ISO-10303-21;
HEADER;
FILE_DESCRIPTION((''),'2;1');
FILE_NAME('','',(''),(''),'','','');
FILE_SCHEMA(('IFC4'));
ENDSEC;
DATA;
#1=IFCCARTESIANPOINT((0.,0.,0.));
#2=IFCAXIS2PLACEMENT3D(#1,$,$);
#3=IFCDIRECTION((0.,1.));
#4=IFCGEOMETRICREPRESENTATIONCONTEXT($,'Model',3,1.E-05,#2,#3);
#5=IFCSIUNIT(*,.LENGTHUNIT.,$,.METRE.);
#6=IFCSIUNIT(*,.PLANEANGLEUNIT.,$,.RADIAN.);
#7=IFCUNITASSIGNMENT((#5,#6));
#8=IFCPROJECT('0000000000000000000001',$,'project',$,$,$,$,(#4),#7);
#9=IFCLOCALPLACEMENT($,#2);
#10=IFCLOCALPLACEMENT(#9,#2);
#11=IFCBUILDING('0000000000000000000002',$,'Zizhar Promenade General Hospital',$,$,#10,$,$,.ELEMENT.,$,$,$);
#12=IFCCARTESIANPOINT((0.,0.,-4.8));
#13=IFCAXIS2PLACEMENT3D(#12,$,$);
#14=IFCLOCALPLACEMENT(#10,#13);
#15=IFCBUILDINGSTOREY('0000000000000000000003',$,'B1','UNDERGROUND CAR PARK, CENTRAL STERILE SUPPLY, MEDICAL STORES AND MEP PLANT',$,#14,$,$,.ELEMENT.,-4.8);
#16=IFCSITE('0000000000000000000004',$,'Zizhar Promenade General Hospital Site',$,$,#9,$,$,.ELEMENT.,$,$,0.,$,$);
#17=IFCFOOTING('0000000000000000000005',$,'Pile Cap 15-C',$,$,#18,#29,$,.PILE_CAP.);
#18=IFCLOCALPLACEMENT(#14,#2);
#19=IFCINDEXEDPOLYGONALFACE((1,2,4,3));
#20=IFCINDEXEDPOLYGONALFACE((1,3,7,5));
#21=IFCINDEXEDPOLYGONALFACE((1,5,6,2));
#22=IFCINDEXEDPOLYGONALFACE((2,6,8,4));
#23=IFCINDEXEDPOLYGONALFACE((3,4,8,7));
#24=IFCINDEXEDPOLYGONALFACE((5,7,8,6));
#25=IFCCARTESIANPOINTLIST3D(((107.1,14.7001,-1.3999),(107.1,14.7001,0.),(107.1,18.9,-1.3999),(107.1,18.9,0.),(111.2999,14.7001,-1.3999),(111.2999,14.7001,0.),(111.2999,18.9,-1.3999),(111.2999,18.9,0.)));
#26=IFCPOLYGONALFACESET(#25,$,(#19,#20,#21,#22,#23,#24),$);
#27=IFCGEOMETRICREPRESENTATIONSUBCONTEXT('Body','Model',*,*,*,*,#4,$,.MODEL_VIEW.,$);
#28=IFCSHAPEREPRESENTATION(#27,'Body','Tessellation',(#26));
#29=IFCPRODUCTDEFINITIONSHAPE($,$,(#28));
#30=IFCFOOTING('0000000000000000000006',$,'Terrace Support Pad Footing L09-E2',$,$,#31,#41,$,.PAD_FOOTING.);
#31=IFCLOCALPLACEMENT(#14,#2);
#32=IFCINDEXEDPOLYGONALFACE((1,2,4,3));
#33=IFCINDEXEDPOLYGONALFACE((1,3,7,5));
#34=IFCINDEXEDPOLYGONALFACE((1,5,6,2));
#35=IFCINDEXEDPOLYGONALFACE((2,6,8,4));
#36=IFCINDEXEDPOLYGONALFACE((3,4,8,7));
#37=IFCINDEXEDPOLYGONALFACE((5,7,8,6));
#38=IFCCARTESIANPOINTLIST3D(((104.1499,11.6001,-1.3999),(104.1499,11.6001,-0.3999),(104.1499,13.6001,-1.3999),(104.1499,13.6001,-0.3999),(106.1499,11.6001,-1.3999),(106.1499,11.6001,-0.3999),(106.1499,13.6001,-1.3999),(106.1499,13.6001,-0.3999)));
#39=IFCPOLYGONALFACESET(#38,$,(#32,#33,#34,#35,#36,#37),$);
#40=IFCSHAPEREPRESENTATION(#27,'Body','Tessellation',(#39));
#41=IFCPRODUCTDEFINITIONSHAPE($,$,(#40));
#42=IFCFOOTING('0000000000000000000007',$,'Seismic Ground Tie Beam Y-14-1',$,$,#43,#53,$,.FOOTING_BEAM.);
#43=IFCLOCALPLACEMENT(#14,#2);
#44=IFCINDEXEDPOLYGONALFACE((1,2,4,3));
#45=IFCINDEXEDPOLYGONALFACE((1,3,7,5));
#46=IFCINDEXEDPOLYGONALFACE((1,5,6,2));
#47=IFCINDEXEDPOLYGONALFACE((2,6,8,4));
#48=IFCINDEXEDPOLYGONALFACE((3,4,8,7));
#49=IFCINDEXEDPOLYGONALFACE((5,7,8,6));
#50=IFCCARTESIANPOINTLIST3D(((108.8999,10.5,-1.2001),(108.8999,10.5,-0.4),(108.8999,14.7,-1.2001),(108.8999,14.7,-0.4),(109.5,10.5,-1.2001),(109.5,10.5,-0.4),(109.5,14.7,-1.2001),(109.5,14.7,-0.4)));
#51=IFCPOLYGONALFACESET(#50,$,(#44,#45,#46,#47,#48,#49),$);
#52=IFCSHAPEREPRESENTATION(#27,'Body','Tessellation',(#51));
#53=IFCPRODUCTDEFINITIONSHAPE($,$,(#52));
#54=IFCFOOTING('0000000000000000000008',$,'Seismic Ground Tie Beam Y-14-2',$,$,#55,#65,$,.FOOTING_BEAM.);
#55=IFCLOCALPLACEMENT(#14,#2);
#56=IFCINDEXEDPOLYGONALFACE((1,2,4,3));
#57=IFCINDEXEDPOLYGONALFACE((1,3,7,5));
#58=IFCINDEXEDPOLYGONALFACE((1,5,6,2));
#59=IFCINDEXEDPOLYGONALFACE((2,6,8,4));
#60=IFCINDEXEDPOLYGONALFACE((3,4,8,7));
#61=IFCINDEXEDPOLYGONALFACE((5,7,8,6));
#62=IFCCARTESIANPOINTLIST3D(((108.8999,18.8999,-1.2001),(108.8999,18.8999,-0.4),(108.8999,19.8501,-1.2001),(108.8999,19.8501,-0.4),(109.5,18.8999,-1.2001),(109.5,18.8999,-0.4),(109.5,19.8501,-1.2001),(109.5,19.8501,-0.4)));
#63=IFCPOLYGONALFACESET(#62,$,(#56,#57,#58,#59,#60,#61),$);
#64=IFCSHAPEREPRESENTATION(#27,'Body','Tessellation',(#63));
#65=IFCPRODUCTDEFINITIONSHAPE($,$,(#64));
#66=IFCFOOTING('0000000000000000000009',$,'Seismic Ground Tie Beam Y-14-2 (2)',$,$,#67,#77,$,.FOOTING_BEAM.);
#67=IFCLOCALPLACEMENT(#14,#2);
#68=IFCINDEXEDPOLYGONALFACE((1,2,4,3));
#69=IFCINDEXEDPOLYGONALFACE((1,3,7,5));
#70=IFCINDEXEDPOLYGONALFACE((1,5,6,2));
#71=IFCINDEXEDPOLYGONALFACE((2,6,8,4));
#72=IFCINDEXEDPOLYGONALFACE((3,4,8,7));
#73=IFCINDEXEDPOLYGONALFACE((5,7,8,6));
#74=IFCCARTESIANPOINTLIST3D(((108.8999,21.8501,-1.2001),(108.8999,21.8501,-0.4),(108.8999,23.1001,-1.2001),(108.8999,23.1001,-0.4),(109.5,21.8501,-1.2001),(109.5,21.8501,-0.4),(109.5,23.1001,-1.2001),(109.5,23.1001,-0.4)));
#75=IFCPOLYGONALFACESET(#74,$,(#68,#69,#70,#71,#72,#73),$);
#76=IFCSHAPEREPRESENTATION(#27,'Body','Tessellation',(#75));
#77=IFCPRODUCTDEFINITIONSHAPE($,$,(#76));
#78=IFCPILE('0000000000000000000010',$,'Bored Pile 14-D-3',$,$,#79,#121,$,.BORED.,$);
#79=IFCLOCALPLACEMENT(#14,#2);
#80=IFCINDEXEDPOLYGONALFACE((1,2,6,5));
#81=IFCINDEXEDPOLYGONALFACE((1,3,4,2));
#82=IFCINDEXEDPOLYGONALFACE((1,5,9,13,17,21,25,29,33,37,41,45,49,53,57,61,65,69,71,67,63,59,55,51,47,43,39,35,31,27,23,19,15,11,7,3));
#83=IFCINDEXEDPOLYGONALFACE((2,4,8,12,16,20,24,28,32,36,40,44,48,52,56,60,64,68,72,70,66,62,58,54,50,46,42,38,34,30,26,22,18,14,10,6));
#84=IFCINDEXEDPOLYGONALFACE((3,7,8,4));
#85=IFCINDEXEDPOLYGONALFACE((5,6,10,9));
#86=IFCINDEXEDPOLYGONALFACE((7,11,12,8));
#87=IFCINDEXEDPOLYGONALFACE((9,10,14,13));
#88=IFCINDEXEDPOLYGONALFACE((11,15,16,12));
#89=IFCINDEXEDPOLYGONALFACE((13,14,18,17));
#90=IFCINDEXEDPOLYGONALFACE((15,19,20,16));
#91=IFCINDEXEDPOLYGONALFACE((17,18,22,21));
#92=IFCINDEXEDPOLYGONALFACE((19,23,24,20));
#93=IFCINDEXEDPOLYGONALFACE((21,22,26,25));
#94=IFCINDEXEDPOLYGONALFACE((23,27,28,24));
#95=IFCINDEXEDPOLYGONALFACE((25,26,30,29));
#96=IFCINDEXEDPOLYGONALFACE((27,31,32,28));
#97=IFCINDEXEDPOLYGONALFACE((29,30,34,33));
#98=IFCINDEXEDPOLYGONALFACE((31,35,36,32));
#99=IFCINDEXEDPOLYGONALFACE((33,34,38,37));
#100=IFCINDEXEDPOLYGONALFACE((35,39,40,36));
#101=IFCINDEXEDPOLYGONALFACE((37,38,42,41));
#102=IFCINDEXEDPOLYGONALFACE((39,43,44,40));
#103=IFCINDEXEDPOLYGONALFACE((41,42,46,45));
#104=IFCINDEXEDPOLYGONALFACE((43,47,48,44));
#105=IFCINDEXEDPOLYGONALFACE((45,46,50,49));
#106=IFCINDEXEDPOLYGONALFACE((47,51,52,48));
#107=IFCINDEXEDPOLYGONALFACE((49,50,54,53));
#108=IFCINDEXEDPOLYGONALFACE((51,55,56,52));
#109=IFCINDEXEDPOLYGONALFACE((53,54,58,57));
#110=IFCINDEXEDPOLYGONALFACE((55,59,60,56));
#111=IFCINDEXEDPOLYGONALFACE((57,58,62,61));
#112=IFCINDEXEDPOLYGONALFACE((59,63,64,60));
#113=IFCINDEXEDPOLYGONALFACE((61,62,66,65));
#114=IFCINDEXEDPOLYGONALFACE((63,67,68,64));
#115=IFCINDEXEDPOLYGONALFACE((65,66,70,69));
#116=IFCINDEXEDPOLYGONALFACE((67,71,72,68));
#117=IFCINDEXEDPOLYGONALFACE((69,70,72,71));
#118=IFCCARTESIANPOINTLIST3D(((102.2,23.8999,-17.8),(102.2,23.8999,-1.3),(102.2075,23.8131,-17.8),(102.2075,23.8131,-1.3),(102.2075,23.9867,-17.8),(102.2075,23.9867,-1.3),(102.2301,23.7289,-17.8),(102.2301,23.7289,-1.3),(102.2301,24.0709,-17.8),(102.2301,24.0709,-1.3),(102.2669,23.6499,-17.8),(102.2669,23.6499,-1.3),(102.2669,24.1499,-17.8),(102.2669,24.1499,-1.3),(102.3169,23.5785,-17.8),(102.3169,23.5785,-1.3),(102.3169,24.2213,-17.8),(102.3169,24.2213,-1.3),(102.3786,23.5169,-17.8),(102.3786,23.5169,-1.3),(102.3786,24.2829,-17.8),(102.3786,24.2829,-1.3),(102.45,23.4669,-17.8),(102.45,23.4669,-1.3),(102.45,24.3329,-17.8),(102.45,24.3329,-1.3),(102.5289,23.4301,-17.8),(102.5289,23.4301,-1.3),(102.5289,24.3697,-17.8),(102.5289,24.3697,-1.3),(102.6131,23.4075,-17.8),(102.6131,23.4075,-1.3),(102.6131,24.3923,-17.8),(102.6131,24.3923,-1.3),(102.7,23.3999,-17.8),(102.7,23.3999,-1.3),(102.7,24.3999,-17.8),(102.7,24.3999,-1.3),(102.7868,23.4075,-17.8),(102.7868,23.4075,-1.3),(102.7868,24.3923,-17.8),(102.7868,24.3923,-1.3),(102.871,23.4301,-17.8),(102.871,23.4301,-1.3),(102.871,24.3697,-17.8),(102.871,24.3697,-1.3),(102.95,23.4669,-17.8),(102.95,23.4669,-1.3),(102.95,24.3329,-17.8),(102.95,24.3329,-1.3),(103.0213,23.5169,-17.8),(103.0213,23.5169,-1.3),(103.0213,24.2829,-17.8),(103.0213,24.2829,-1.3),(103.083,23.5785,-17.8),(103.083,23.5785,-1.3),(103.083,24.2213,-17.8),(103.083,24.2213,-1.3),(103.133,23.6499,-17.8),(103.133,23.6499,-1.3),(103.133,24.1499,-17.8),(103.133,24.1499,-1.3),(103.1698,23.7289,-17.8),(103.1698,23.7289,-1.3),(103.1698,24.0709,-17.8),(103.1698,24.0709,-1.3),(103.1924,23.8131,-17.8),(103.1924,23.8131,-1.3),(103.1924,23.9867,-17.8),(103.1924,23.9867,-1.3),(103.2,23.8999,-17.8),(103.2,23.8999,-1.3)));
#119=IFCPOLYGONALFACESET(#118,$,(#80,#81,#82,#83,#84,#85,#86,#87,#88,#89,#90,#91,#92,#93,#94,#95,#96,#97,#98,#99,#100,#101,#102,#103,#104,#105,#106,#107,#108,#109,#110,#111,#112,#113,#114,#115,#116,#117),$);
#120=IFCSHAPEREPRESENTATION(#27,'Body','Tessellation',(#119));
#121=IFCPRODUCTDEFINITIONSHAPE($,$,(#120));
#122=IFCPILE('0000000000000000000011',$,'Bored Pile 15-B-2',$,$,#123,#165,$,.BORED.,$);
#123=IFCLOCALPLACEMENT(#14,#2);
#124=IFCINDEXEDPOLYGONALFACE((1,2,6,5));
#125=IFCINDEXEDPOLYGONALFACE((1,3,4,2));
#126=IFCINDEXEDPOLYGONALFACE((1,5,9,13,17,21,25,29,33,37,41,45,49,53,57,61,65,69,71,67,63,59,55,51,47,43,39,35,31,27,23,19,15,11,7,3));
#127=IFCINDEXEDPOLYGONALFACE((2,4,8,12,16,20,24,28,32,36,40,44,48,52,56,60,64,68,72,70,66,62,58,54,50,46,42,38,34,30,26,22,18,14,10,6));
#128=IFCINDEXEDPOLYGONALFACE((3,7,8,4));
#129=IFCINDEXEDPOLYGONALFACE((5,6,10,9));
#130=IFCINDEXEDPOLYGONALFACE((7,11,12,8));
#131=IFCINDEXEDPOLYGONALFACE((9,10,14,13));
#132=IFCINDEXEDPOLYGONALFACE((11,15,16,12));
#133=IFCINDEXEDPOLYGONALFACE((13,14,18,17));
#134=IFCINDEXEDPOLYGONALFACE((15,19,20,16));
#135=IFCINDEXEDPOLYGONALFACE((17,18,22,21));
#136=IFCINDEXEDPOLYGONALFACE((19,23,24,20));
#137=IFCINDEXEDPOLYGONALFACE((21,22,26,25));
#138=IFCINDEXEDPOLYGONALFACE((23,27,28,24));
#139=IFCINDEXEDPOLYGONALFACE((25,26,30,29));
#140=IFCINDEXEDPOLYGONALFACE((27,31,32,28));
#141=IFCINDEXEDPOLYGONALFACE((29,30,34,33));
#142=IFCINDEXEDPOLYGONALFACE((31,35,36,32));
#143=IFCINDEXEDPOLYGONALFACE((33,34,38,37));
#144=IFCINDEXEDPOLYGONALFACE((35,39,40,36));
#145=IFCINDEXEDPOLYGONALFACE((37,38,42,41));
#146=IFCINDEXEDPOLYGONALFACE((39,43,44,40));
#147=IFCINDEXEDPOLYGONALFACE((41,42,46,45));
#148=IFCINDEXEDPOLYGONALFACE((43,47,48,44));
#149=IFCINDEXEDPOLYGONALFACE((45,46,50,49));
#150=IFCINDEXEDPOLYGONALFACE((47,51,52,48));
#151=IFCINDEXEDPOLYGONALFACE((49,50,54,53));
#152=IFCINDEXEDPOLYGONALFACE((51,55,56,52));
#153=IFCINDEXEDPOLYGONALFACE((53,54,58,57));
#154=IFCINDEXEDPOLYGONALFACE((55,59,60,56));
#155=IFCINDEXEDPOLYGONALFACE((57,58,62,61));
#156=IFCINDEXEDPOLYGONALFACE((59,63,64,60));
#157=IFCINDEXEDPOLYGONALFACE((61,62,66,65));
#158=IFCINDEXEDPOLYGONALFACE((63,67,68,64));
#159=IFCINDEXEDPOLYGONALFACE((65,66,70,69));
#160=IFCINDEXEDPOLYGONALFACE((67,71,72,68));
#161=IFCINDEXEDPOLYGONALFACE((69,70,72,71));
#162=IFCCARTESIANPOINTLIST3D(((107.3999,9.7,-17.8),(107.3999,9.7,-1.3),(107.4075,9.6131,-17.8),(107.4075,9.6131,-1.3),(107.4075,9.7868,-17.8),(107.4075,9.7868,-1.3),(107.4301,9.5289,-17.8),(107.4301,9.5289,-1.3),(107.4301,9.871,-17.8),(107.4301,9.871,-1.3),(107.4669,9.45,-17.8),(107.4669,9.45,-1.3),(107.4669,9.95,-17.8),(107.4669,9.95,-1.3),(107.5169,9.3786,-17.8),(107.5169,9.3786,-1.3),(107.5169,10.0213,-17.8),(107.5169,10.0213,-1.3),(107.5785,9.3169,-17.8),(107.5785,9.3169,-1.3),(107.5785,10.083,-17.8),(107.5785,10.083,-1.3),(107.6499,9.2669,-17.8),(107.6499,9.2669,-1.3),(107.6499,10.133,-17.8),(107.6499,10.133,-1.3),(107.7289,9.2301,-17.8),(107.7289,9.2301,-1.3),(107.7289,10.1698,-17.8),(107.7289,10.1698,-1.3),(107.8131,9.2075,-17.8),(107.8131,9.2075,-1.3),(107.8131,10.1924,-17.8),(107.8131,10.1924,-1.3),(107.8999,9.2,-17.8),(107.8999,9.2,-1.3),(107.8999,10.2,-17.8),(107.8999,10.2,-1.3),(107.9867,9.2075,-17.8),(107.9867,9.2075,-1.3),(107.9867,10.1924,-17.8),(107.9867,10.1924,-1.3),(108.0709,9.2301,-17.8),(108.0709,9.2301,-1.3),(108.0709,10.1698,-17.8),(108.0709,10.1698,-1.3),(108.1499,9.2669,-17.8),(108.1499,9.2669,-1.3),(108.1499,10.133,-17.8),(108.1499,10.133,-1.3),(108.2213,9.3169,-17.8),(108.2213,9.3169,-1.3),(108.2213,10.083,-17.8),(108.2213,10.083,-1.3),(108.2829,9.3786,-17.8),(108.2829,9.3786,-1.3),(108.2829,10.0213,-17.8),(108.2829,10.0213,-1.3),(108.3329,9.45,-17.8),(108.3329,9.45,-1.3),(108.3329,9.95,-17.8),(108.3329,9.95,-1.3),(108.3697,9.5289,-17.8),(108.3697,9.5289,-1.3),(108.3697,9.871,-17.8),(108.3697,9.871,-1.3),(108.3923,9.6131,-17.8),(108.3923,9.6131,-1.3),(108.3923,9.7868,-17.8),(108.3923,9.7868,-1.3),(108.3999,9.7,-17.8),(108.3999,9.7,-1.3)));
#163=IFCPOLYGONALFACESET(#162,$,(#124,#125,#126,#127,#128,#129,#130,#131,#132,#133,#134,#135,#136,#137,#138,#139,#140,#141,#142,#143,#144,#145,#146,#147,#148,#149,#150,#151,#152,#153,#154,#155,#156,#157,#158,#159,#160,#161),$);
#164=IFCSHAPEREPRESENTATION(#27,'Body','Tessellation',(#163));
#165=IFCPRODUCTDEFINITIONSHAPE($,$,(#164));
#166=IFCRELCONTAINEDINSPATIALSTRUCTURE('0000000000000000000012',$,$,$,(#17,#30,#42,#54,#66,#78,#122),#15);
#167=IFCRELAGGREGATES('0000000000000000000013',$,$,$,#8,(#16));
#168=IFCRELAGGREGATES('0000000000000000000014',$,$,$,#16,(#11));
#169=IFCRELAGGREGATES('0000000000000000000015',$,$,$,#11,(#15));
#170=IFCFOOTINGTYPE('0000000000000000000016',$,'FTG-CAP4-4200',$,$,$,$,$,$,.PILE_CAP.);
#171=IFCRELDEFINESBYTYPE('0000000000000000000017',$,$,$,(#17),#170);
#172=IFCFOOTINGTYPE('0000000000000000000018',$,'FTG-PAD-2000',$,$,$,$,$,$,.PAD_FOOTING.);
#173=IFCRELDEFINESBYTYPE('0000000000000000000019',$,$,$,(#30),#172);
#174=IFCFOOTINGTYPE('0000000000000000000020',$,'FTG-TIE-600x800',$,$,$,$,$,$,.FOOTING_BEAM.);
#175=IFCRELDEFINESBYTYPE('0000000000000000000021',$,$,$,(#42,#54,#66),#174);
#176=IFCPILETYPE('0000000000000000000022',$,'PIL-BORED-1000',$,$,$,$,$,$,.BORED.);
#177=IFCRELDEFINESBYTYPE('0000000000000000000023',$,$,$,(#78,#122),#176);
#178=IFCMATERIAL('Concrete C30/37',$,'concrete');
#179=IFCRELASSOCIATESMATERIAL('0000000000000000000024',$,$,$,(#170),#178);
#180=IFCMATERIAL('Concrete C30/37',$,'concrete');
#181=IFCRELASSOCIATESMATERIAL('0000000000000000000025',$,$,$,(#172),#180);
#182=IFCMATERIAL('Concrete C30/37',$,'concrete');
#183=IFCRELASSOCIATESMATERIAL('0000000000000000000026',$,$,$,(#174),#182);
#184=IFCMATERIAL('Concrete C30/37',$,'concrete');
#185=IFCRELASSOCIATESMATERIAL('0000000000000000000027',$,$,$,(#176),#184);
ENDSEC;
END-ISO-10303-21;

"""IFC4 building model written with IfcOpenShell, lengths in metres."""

from ifc_helpers import new_model, si_unit, direction, frame, origin, origin_2d, place, context, subcontext, project, spatial, rectangle, circle, extrude, material, material_profile, profile_set, type_object, element, save


model = new_model("IFC4")

# Units and contexts
model_context = context("Model", 3, precision=1e-05, world=origin(), true_north=direction((0.0, 1.0)))
body_context = subcontext(model_context, "Body", "Model", "MODEL_VIEW")
ifc_project = project(units=[si_unit("LENGTHUNIT", "METRE"), si_unit("PLANEANGLEUNIT", "RADIAN")], contexts=[model_context])

# Site, building, storey
site_placement = place(None, origin())
site = spatial("IfcSite", under=ifc_project, at=site_placement, Name="Zizhar Promenade General Hospital Site", CompositionType="ELEMENT", RefElevation=0.0)
building_placement = place(site_placement, origin())
building = spatial("IfcBuilding", under=site, at=building_placement, Name="Zizhar Promenade General Hospital", CompositionType="ELEMENT")
storey_placement = place(building_placement, frame((0.0, 0.0, -4.8)))
storey = spatial("IfcBuildingStorey", under=building, at=storey_placement, Name="B1", Description="UNDERGROUND CAR PARK, CENTRAL STERILE SUPPLY, MEDICAL STORES AND MEP PLANT", CompositionType="ELEMENT", Elevation=-4.8)

# Footings
ifc_material_1 = material(Name="Concrete C30/37", Category="concrete")
footing_type_1 = type_object("IfcFootingType", Name="FTG-CAP4-4200", PredefinedType="PILE_CAP", material=ifc_material_1)
footing_1_placement = place(storey_placement, frame((109.2, 16.8, -1.3999), z_axis=(0.0, 0.0, 1.0), x_axis=(1.0, 0.0, 0.0)))
element("IfcFooting", 1, at=footing_1_placement, inside=storey, type_object=footing_type_1, Name="Pile Cap 15-C", PredefinedType="PILE_CAP", context=body_context, shape_type="SweptSolid", body=[
    extrude(rectangle(XDim=4.2, YDim=4.2, at=origin_2d()), origin(), (0.0, 0.0, 1.0), 1.3999),
])
ifc_material_2 = material(Name="Concrete C30/37", Category="concrete")
footing_type_2 = type_object("IfcFootingType", Name="FTG-PAD-2000", PredefinedType="PAD_FOOTING", material=ifc_material_2)
footing_2_placement = place(storey_placement, frame((105.1499, 12.6001, -1.3999), z_axis=(0.0, 0.0, 1.0), x_axis=(1.0, 0.0, 0.0)))
element("IfcFooting", 2, at=footing_2_placement, inside=storey, type_object=footing_type_2, Name="Terrace Support Pad Footing L09-E2", PredefinedType="PAD_FOOTING", context=body_context, shape_type="SweptSolid", body=[
    extrude(rectangle(XDim=2.0, YDim=2.0, at=origin_2d()), origin(), (0.0, 0.0, 1.0), 1.0),
])
ifc_material_3 = material(Name="Concrete C30/37", Category="concrete")
ifc_material_profile_1 = material_profile(ifc_material_3, rectangle(XDim=0.6001, YDim=0.8, at=origin_2d()))
ifc_profile_set_1 = profile_set([ifc_material_profile_1], Name="Concrete C30/37")
footing_type_3 = type_object("IfcFootingType", Name="FTG-TIE-600x800", PredefinedType="FOOTING_BEAM", material=ifc_profile_set_1)
footing_3_placement = place(storey_placement, frame((109.2, 10.5, -0.8), z_axis=(0.0, 1.0, 0.0), x_axis=(-1.0, 0.0, 0.0)))
element("IfcFooting", 3, at=footing_3_placement, inside=storey, type_object=footing_type_3, Name="Seismic Ground Tie Beam Y-14-1", PredefinedType="FOOTING_BEAM", context=body_context, shape_type="SweptSolid", body=[
    extrude(rectangle(XDim=0.6001, YDim=0.8, at=origin_2d()), origin(), (0.0, 0.0, 1.0), 4.2),
])
footing_4_placement = place(storey_placement, frame((109.2, 18.8999, -0.8), z_axis=(0.0, 1.0, 0.0), x_axis=(-1.0, 0.0, 0.0)))
element("IfcFooting", 4, at=footing_4_placement, inside=storey, type_object=footing_type_3, Name="Seismic Ground Tie Beam Y-14-2", PredefinedType="FOOTING_BEAM", context=body_context, shape_type="SweptSolid", body=[
    extrude(rectangle(XDim=0.6001, YDim=0.8, at=origin_2d()), origin(), (0.0, 0.0, 1.0), 0.9502),
])
footing_5_placement = place(storey_placement, frame((109.2, 21.8501, -0.8), z_axis=(0.0, 1.0, 0.0), x_axis=(-1.0, 0.0, 0.0)))
element("IfcFooting", 5, at=footing_5_placement, inside=storey, type_object=footing_type_3, Name="Seismic Ground Tie Beam Y-14-2 (2)", PredefinedType="FOOTING_BEAM", context=body_context, shape_type="SweptSolid", body=[
    extrude(rectangle(XDim=0.6001, YDim=0.8, at=origin_2d()), origin(), (0.0, 0.0, 1.0), 1.25),
])

# Piles
ifc_material_4 = material(Name="Concrete C30/37", Category="concrete")
ifc_material_profile_2 = material_profile(ifc_material_4, circle(Radius=0.5, at=origin_2d()))
ifc_profile_set_2 = profile_set([ifc_material_profile_2], Name="Concrete C30/37")
pile_type_1 = type_object("IfcPileType", Name="PIL-BORED-1000", PredefinedType="BORED", material=ifc_profile_set_2)
for number, where, z_axis, x_axis, name in (
    (6, (102.7, 23.8999, -1.3), (0.0, 0.0, -1.0), (1.0, 0.0, 0.0), "Bored Pile 14-D-3"),
    (7, (107.8999, 9.7, -1.3), (0.0, 0.0, -1.0), (1.0, 0.0, 0.0), "Bored Pile 15-B-2"),
):
    element("IfcPile", number, at=place(storey_placement, frame(where, z_axis=z_axis, x_axis=x_axis)), inside=storey, type_object=pile_type_1, Name=name, PredefinedType="BORED", context=body_context, shape_type="SweptSolid", body=[
        extrude(circle(Radius=0.5, at=origin_2d()), origin(), (0.0, 0.0, 1.0), 16.5),
    ])

save(model, "model.ifc")
